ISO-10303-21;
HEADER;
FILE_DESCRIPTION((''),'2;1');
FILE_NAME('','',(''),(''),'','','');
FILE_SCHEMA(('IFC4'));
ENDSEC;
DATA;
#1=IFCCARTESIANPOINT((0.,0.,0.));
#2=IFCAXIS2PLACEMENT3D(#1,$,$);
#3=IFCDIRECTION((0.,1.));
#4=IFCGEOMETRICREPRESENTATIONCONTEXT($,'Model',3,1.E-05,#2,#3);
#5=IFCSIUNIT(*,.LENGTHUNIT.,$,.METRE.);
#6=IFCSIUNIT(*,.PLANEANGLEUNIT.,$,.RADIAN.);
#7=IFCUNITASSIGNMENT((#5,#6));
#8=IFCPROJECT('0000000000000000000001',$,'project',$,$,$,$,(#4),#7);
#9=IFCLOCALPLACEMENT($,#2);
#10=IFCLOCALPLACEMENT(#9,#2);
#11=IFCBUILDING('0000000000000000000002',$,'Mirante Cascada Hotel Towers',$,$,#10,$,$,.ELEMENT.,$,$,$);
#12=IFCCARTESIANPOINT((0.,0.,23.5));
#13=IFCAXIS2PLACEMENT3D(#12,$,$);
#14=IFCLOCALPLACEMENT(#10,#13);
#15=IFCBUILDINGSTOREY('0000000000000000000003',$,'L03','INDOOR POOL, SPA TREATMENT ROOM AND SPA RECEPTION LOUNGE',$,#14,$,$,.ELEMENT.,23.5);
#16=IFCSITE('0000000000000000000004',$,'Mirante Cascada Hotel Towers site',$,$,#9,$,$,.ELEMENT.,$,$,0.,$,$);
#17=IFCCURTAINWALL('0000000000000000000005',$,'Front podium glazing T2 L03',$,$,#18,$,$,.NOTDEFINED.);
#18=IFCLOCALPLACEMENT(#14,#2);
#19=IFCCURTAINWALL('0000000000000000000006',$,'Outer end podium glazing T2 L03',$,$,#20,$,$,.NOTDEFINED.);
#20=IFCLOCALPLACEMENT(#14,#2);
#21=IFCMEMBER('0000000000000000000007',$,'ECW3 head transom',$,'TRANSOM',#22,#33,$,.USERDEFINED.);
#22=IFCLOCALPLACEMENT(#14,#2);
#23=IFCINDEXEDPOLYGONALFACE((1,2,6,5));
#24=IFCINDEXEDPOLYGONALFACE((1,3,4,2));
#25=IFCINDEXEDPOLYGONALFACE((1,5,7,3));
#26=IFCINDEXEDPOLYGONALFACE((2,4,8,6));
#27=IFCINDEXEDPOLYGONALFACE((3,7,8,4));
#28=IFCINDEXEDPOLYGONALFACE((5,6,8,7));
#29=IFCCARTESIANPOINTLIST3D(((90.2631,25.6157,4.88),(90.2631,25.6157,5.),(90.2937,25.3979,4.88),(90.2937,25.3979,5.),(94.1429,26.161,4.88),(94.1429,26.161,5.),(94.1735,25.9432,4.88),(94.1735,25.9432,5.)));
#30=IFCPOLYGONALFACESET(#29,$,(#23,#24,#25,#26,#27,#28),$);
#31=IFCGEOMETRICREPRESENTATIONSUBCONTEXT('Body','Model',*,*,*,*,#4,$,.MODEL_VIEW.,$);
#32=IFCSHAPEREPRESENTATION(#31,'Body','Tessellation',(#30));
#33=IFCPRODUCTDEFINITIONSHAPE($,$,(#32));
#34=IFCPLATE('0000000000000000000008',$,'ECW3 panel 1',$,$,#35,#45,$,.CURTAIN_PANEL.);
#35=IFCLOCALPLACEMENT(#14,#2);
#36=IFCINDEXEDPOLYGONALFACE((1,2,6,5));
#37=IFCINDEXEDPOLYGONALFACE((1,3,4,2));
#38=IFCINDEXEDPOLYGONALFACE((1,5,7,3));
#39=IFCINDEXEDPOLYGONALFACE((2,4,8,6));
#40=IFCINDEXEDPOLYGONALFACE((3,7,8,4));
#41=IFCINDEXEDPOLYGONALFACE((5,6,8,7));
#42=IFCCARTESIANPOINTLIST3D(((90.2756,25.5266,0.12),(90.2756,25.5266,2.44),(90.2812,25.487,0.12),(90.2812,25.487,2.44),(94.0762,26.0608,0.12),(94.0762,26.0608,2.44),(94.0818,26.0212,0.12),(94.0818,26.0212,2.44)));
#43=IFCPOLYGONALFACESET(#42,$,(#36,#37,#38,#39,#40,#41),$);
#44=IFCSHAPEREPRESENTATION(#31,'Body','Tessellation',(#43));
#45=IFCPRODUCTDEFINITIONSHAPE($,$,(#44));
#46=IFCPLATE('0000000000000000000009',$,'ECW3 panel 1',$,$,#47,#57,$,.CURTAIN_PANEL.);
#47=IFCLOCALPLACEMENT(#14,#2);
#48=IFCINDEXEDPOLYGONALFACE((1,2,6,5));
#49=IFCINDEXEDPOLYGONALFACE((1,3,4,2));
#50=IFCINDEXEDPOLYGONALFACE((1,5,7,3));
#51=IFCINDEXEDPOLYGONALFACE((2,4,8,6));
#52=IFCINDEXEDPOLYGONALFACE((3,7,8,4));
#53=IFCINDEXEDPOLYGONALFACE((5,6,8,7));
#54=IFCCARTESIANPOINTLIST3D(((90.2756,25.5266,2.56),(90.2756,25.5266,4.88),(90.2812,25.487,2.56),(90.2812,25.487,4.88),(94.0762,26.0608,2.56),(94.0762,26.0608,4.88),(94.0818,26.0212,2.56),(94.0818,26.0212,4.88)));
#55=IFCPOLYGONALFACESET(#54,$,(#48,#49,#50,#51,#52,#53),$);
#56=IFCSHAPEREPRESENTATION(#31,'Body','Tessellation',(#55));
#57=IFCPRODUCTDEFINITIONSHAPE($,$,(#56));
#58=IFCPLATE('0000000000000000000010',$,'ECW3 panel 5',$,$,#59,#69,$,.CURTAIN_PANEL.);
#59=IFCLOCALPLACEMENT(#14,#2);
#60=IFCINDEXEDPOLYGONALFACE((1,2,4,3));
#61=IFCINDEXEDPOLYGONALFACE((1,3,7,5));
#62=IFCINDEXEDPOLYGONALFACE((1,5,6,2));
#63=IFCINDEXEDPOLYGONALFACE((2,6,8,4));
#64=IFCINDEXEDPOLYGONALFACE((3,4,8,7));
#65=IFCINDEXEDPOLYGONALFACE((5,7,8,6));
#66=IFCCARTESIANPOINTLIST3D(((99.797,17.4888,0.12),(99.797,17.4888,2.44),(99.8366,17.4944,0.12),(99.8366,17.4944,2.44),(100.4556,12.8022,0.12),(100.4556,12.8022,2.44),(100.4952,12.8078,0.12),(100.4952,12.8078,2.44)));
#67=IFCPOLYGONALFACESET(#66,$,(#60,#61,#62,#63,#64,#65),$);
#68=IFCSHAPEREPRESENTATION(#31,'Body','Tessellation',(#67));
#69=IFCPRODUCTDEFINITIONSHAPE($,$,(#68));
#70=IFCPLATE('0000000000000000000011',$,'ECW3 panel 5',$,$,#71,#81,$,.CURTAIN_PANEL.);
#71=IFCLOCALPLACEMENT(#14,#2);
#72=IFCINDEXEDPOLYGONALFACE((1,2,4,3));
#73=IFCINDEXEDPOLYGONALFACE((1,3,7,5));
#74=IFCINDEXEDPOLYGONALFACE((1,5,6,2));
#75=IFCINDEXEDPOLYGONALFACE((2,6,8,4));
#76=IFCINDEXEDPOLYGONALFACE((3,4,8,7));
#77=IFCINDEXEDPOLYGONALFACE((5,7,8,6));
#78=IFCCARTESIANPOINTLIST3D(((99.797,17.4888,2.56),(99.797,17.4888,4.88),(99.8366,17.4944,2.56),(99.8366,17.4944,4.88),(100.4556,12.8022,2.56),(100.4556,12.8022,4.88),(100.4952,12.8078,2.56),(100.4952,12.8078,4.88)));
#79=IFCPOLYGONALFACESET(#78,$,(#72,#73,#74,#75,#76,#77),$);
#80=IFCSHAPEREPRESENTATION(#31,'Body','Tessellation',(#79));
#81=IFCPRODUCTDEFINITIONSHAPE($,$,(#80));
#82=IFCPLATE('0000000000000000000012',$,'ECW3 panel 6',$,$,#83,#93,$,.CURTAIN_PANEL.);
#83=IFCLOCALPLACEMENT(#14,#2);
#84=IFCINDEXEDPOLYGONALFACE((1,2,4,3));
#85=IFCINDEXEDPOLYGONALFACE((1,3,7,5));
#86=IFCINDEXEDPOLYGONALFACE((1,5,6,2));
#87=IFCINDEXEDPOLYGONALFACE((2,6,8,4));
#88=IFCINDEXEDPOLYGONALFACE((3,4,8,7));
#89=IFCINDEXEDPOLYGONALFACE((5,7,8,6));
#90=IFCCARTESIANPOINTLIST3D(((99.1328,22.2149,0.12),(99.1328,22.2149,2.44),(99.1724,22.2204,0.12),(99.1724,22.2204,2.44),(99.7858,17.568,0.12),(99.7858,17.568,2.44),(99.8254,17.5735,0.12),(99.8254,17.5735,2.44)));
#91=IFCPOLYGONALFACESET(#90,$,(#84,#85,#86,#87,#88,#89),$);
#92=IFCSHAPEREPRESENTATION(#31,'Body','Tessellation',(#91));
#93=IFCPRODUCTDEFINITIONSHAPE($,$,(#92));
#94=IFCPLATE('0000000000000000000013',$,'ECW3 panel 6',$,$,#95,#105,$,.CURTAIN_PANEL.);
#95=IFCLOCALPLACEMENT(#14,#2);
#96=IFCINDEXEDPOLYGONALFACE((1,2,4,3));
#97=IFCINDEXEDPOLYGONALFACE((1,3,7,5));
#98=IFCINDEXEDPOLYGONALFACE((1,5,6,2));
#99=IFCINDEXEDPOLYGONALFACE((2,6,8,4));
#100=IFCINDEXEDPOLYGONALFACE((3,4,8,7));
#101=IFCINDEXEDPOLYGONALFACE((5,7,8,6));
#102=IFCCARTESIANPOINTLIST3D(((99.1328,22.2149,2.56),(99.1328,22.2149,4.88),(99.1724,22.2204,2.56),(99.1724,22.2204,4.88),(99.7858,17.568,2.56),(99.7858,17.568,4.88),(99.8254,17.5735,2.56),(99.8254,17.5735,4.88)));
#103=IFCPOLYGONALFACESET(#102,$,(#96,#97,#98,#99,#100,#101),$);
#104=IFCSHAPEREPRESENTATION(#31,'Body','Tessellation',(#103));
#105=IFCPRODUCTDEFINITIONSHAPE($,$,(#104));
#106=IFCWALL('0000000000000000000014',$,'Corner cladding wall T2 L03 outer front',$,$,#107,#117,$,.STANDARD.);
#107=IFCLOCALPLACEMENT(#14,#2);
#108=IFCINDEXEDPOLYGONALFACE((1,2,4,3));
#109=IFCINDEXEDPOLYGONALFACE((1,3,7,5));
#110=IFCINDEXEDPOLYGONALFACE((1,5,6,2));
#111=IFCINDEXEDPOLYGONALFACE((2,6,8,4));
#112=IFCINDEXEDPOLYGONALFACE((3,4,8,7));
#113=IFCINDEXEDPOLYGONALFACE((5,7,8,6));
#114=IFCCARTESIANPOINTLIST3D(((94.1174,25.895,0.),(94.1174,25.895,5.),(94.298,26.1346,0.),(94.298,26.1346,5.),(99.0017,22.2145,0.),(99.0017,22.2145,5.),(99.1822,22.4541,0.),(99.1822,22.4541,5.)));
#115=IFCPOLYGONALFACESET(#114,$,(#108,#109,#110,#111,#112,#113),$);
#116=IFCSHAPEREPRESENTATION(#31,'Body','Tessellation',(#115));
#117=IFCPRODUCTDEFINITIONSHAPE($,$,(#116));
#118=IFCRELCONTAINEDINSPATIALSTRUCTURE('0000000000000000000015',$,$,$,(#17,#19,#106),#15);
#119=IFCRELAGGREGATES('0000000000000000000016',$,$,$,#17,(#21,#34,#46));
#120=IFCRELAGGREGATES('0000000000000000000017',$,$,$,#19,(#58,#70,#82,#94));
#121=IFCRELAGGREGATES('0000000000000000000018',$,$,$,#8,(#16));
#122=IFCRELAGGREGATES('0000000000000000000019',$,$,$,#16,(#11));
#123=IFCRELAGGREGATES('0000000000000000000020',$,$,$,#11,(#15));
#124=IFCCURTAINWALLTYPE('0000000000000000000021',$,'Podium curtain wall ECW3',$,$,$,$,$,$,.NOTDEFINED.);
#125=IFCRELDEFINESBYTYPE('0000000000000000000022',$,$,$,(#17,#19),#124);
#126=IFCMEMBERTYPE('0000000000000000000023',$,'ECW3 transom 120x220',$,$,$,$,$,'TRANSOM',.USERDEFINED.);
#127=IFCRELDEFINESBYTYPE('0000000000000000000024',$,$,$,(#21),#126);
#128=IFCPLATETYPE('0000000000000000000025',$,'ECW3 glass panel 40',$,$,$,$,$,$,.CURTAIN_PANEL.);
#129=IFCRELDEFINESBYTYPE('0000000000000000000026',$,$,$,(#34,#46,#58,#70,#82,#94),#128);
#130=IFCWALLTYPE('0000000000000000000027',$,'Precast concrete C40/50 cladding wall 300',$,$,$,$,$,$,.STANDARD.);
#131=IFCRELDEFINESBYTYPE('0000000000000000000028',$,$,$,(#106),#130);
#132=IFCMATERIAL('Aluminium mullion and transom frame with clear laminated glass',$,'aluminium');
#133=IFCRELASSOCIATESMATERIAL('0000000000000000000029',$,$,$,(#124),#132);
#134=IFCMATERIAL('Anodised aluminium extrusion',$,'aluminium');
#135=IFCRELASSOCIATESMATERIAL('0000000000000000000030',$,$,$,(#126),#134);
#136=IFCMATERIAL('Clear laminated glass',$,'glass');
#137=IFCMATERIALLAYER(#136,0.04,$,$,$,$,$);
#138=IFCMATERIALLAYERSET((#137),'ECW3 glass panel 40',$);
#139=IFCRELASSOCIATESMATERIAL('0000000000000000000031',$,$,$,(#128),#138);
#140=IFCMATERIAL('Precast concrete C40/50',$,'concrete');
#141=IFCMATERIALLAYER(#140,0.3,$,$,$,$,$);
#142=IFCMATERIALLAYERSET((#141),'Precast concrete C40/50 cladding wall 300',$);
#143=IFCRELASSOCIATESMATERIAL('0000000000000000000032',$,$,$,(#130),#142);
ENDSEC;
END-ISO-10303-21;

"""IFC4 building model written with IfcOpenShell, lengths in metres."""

from ifc_helpers import new_model, si_unit, direction, frame, frame_2d, origin, origin_2d, place, context, subcontext, project, spatial, rectangle, extrude, material, layer, layer_set, material_profile, profile_set, type_object, element, aggregate, save


model = new_model("IFC4")

# Units and contexts
model_context = context("Model", 3, precision=1e-05, world=origin(), true_north=direction((0.0, 1.0)))
body_context = subcontext(model_context, "Body", "Model", "MODEL_VIEW")
ifc_project = project(units=[si_unit("LENGTHUNIT", "METRE"), si_unit("PLANEANGLEUNIT", "RADIAN")], contexts=[model_context])

# Site, building, storey
site_placement = place(None, origin())
site = spatial("IfcSite", under=ifc_project, at=site_placement, Name="Mirante Cascada Hotel Towers site", CompositionType="ELEMENT", RefElevation=0.0)
building_placement = place(site_placement, origin())
building = spatial("IfcBuilding", under=site, at=building_placement, Name="Mirante Cascada Hotel Towers", CompositionType="ELEMENT")
storey_placement = place(building_placement, frame((0.0, 0.0, 23.5)))
storey = spatial("IfcBuildingStorey", under=building, at=storey_placement, Name="L03", Description="INDOOR POOL, SPA TREATMENT ROOM AND SPA RECEPTION LOUNGE", CompositionType="ELEMENT", Elevation=23.5)

# Curtain walls
ifc_material_1 = material(Name="Aluminium mullion and transom frame with clear laminated glass", Category="aluminium")
curtain_wall_type = type_object("IfcCurtainWallType", Name="Podium curtain wall ECW3", PredefinedType="NOTDEFINED", material=ifc_material_1)
curtain_wall_1_placement = place(storey_placement, origin())
curtain_wall_1 = element("IfcCurtainWall", 1, at=curtain_wall_1_placement, inside=storey, type_object=curtain_wall_type, Name="Front podium glazing T2 L03", PredefinedType="NOTDEFINED")
curtain_wall_2_placement = place(storey_placement, origin())
curtain_wall_2 = element("IfcCurtainWall", 2, at=curtain_wall_2_placement, inside=storey, type_object=curtain_wall_type, Name="Outer end podium glazing T2 L03", PredefinedType="NOTDEFINED")

# Member
ifc_material_2 = material(Name="Anodised aluminium extrusion", Category="aluminium")
ifc_material_profile_1 = material_profile(ifc_material_2, rectangle(XDim=0.22, YDim=0.12, at=origin_2d()), Name="ECW3 TRANSOM 120x220")
ifc_profile_set_1 = profile_set([ifc_material_profile_1], Name="Anodised aluminium extrusion")
member_type_1 = type_object("IfcMemberType", Name="ECW3 transom 120x220", ElementType="TRANSOM", PredefinedType="USERDEFINED", material=ifc_profile_set_1)
member_1_placement = place(storey_placement, frame((94.1582, 26.0521, 4.94), z_axis=(-0.990267, -0.139181, 0.0), x_axis=(0.139181, -0.990267, 0.0)))
member_1 = element("IfcMember", 3, at=member_1_placement, type_object=member_type_1, Name="ECW3 head transom", ObjectType="TRANSOM", PredefinedType="USERDEFINED", context=body_context, shape_type="SweptSolid", body=[
    extrude(rectangle(XDim=0.22, YDim=0.12, at=origin_2d()), origin(), (0.0, 0.0, 1.0), 3.9179),
])

# Plates
ifc_material_3 = material(Name="Clear laminated glass", Category="glass")
ifc_layer_1 = layer(ifc_material_3, 0.04)
ifc_layer_set_1 = layer_set([ifc_layer_1], Name="ECW3 glass panel 40")
plate_type = type_object("IfcPlateType", Name="ECW3 glass panel 40", PredefinedType="CURTAIN_PANEL", material=ifc_layer_set_1)
plate_1_placement = place(storey_placement, frame((92.1787, 25.7739, 0.12), z_axis=(0.0, 0.0, 1.0), x_axis=(-0.990268, -0.139173, 0.0)))
plate_1 = element("IfcPlate", 4, at=plate_1_placement, type_object=plate_type, Name="ECW3 panel 1", PredefinedType="CURTAIN_PANEL", context=body_context, shape_type="SweptSolid", body=[
    extrude(rectangle(XDim=3.8379, YDim=0.04, at=origin_2d()), origin(), (0.0, 0.0, 1.0), 2.32),
])
plate_2_placement = place(storey_placement, frame((92.1787, 25.7739, 2.56), z_axis=(0.0, 0.0, 1.0), x_axis=(-0.990268, -0.139173, 0.0)))
plate_2 = element("IfcPlate", 5, at=plate_2_placement, type_object=plate_type, Name="ECW3 panel 1", PredefinedType="CURTAIN_PANEL", context=body_context, shape_type="SweptSolid", body=[
    extrude(rectangle(XDim=3.8379, YDim=0.04, at=origin_2d()), origin(), (0.0, 0.0, 1.0), 2.32),
])
aggregate(curtain_wall_1, [member_1, plate_1, plate_2])
plate_3_placement = place(storey_placement, frame((100.1461, 15.1483, 0.12), z_axis=(0.0, 0.0, 1.0), x_axis=(-0.139173, 0.990268, 0.0)))
plate_3 = element("IfcPlate", 6, at=plate_3_placement, type_object=plate_type, Name="ECW3 panel 5", PredefinedType="CURTAIN_PANEL", context=body_context, shape_type="SweptSolid", body=[
    extrude(rectangle(XDim=4.7326, YDim=0.04, at=origin_2d()), origin(), (0.0, 0.0, 1.0), 2.32),
])
plate_4_placement = place(storey_placement, frame((100.1461, 15.1483, 2.56), z_axis=(0.0, 0.0, 1.0), x_axis=(-0.139173, 0.990268, 0.0)))
plate_4 = element("IfcPlate", 7, at=plate_4_placement, type_object=plate_type, Name="ECW3 panel 5", PredefinedType="CURTAIN_PANEL", context=body_context, shape_type="SweptSolid", body=[
    extrude(rectangle(XDim=4.7326, YDim=0.04, at=origin_2d()), origin(), (0.0, 0.0, 1.0), 2.32),
])
plate_5_placement = place(storey_placement, frame((99.4791, 19.8942, 0.12), z_axis=(0.0, 0.0, 1.0), x_axis=(-0.139173, 0.990268, 0.0)))
plate_5 = element("IfcPlate", 8, at=plate_5_placement, type_object=plate_type, Name="ECW3 panel 6", PredefinedType="CURTAIN_PANEL", context=body_context, shape_type="SweptSolid", body=[
    extrude(rectangle(XDim=4.6926, YDim=0.04, at=origin_2d()), origin(), (0.0, 0.0, 1.0), 2.32),
])
plate_6_placement = place(storey_placement, frame((99.4791, 19.8942, 2.56), z_axis=(0.0, 0.0, 1.0), x_axis=(-0.139173, 0.990268, 0.0)))
plate_6 = element("IfcPlate", 9, at=plate_6_placement, type_object=plate_type, Name="ECW3 panel 6", PredefinedType="CURTAIN_PANEL", context=body_context, shape_type="SweptSolid", body=[
    extrude(rectangle(XDim=4.6926, YDim=0.04, at=origin_2d()), origin(), (0.0, 0.0, 1.0), 2.32),
])
aggregate(curtain_wall_2, [plate_3, plate_4, plate_5, plate_6])

# Wall
ifc_material_4 = material(Name="Precast concrete C40/50", Category="concrete")
ifc_layer_2 = layer(ifc_material_4, 0.3)
ifc_layer_set_2 = layer_set([ifc_layer_2], Name="Precast concrete C40/50 cladding wall 300")
wall_type = type_object("IfcWallType", Name="Precast concrete C40/50 cladding wall 300", PredefinedType="STANDARD", material=ifc_layer_set_2)
wall_placement = place(storey_placement, frame((99.0919, 22.3343, 0.0), z_axis=(0.0, 0.0, 1.0), x_axis=(-0.798636, 0.601814, 0.0)))
element("IfcWall", 10, at=wall_placement, inside=storey, type_object=wall_type, Name="Corner cladding wall T2 L03 outer front", PredefinedType="STANDARD", context=body_context, shape_type="SweptSolid", body=[
    extrude(rectangle(XDim=6.1157, YDim=0.3, at=frame_2d((3.0578, 0.0))), origin(), (0.0, 0.0, 1.0), 5.0),
])

save(model, "model.ifc")
